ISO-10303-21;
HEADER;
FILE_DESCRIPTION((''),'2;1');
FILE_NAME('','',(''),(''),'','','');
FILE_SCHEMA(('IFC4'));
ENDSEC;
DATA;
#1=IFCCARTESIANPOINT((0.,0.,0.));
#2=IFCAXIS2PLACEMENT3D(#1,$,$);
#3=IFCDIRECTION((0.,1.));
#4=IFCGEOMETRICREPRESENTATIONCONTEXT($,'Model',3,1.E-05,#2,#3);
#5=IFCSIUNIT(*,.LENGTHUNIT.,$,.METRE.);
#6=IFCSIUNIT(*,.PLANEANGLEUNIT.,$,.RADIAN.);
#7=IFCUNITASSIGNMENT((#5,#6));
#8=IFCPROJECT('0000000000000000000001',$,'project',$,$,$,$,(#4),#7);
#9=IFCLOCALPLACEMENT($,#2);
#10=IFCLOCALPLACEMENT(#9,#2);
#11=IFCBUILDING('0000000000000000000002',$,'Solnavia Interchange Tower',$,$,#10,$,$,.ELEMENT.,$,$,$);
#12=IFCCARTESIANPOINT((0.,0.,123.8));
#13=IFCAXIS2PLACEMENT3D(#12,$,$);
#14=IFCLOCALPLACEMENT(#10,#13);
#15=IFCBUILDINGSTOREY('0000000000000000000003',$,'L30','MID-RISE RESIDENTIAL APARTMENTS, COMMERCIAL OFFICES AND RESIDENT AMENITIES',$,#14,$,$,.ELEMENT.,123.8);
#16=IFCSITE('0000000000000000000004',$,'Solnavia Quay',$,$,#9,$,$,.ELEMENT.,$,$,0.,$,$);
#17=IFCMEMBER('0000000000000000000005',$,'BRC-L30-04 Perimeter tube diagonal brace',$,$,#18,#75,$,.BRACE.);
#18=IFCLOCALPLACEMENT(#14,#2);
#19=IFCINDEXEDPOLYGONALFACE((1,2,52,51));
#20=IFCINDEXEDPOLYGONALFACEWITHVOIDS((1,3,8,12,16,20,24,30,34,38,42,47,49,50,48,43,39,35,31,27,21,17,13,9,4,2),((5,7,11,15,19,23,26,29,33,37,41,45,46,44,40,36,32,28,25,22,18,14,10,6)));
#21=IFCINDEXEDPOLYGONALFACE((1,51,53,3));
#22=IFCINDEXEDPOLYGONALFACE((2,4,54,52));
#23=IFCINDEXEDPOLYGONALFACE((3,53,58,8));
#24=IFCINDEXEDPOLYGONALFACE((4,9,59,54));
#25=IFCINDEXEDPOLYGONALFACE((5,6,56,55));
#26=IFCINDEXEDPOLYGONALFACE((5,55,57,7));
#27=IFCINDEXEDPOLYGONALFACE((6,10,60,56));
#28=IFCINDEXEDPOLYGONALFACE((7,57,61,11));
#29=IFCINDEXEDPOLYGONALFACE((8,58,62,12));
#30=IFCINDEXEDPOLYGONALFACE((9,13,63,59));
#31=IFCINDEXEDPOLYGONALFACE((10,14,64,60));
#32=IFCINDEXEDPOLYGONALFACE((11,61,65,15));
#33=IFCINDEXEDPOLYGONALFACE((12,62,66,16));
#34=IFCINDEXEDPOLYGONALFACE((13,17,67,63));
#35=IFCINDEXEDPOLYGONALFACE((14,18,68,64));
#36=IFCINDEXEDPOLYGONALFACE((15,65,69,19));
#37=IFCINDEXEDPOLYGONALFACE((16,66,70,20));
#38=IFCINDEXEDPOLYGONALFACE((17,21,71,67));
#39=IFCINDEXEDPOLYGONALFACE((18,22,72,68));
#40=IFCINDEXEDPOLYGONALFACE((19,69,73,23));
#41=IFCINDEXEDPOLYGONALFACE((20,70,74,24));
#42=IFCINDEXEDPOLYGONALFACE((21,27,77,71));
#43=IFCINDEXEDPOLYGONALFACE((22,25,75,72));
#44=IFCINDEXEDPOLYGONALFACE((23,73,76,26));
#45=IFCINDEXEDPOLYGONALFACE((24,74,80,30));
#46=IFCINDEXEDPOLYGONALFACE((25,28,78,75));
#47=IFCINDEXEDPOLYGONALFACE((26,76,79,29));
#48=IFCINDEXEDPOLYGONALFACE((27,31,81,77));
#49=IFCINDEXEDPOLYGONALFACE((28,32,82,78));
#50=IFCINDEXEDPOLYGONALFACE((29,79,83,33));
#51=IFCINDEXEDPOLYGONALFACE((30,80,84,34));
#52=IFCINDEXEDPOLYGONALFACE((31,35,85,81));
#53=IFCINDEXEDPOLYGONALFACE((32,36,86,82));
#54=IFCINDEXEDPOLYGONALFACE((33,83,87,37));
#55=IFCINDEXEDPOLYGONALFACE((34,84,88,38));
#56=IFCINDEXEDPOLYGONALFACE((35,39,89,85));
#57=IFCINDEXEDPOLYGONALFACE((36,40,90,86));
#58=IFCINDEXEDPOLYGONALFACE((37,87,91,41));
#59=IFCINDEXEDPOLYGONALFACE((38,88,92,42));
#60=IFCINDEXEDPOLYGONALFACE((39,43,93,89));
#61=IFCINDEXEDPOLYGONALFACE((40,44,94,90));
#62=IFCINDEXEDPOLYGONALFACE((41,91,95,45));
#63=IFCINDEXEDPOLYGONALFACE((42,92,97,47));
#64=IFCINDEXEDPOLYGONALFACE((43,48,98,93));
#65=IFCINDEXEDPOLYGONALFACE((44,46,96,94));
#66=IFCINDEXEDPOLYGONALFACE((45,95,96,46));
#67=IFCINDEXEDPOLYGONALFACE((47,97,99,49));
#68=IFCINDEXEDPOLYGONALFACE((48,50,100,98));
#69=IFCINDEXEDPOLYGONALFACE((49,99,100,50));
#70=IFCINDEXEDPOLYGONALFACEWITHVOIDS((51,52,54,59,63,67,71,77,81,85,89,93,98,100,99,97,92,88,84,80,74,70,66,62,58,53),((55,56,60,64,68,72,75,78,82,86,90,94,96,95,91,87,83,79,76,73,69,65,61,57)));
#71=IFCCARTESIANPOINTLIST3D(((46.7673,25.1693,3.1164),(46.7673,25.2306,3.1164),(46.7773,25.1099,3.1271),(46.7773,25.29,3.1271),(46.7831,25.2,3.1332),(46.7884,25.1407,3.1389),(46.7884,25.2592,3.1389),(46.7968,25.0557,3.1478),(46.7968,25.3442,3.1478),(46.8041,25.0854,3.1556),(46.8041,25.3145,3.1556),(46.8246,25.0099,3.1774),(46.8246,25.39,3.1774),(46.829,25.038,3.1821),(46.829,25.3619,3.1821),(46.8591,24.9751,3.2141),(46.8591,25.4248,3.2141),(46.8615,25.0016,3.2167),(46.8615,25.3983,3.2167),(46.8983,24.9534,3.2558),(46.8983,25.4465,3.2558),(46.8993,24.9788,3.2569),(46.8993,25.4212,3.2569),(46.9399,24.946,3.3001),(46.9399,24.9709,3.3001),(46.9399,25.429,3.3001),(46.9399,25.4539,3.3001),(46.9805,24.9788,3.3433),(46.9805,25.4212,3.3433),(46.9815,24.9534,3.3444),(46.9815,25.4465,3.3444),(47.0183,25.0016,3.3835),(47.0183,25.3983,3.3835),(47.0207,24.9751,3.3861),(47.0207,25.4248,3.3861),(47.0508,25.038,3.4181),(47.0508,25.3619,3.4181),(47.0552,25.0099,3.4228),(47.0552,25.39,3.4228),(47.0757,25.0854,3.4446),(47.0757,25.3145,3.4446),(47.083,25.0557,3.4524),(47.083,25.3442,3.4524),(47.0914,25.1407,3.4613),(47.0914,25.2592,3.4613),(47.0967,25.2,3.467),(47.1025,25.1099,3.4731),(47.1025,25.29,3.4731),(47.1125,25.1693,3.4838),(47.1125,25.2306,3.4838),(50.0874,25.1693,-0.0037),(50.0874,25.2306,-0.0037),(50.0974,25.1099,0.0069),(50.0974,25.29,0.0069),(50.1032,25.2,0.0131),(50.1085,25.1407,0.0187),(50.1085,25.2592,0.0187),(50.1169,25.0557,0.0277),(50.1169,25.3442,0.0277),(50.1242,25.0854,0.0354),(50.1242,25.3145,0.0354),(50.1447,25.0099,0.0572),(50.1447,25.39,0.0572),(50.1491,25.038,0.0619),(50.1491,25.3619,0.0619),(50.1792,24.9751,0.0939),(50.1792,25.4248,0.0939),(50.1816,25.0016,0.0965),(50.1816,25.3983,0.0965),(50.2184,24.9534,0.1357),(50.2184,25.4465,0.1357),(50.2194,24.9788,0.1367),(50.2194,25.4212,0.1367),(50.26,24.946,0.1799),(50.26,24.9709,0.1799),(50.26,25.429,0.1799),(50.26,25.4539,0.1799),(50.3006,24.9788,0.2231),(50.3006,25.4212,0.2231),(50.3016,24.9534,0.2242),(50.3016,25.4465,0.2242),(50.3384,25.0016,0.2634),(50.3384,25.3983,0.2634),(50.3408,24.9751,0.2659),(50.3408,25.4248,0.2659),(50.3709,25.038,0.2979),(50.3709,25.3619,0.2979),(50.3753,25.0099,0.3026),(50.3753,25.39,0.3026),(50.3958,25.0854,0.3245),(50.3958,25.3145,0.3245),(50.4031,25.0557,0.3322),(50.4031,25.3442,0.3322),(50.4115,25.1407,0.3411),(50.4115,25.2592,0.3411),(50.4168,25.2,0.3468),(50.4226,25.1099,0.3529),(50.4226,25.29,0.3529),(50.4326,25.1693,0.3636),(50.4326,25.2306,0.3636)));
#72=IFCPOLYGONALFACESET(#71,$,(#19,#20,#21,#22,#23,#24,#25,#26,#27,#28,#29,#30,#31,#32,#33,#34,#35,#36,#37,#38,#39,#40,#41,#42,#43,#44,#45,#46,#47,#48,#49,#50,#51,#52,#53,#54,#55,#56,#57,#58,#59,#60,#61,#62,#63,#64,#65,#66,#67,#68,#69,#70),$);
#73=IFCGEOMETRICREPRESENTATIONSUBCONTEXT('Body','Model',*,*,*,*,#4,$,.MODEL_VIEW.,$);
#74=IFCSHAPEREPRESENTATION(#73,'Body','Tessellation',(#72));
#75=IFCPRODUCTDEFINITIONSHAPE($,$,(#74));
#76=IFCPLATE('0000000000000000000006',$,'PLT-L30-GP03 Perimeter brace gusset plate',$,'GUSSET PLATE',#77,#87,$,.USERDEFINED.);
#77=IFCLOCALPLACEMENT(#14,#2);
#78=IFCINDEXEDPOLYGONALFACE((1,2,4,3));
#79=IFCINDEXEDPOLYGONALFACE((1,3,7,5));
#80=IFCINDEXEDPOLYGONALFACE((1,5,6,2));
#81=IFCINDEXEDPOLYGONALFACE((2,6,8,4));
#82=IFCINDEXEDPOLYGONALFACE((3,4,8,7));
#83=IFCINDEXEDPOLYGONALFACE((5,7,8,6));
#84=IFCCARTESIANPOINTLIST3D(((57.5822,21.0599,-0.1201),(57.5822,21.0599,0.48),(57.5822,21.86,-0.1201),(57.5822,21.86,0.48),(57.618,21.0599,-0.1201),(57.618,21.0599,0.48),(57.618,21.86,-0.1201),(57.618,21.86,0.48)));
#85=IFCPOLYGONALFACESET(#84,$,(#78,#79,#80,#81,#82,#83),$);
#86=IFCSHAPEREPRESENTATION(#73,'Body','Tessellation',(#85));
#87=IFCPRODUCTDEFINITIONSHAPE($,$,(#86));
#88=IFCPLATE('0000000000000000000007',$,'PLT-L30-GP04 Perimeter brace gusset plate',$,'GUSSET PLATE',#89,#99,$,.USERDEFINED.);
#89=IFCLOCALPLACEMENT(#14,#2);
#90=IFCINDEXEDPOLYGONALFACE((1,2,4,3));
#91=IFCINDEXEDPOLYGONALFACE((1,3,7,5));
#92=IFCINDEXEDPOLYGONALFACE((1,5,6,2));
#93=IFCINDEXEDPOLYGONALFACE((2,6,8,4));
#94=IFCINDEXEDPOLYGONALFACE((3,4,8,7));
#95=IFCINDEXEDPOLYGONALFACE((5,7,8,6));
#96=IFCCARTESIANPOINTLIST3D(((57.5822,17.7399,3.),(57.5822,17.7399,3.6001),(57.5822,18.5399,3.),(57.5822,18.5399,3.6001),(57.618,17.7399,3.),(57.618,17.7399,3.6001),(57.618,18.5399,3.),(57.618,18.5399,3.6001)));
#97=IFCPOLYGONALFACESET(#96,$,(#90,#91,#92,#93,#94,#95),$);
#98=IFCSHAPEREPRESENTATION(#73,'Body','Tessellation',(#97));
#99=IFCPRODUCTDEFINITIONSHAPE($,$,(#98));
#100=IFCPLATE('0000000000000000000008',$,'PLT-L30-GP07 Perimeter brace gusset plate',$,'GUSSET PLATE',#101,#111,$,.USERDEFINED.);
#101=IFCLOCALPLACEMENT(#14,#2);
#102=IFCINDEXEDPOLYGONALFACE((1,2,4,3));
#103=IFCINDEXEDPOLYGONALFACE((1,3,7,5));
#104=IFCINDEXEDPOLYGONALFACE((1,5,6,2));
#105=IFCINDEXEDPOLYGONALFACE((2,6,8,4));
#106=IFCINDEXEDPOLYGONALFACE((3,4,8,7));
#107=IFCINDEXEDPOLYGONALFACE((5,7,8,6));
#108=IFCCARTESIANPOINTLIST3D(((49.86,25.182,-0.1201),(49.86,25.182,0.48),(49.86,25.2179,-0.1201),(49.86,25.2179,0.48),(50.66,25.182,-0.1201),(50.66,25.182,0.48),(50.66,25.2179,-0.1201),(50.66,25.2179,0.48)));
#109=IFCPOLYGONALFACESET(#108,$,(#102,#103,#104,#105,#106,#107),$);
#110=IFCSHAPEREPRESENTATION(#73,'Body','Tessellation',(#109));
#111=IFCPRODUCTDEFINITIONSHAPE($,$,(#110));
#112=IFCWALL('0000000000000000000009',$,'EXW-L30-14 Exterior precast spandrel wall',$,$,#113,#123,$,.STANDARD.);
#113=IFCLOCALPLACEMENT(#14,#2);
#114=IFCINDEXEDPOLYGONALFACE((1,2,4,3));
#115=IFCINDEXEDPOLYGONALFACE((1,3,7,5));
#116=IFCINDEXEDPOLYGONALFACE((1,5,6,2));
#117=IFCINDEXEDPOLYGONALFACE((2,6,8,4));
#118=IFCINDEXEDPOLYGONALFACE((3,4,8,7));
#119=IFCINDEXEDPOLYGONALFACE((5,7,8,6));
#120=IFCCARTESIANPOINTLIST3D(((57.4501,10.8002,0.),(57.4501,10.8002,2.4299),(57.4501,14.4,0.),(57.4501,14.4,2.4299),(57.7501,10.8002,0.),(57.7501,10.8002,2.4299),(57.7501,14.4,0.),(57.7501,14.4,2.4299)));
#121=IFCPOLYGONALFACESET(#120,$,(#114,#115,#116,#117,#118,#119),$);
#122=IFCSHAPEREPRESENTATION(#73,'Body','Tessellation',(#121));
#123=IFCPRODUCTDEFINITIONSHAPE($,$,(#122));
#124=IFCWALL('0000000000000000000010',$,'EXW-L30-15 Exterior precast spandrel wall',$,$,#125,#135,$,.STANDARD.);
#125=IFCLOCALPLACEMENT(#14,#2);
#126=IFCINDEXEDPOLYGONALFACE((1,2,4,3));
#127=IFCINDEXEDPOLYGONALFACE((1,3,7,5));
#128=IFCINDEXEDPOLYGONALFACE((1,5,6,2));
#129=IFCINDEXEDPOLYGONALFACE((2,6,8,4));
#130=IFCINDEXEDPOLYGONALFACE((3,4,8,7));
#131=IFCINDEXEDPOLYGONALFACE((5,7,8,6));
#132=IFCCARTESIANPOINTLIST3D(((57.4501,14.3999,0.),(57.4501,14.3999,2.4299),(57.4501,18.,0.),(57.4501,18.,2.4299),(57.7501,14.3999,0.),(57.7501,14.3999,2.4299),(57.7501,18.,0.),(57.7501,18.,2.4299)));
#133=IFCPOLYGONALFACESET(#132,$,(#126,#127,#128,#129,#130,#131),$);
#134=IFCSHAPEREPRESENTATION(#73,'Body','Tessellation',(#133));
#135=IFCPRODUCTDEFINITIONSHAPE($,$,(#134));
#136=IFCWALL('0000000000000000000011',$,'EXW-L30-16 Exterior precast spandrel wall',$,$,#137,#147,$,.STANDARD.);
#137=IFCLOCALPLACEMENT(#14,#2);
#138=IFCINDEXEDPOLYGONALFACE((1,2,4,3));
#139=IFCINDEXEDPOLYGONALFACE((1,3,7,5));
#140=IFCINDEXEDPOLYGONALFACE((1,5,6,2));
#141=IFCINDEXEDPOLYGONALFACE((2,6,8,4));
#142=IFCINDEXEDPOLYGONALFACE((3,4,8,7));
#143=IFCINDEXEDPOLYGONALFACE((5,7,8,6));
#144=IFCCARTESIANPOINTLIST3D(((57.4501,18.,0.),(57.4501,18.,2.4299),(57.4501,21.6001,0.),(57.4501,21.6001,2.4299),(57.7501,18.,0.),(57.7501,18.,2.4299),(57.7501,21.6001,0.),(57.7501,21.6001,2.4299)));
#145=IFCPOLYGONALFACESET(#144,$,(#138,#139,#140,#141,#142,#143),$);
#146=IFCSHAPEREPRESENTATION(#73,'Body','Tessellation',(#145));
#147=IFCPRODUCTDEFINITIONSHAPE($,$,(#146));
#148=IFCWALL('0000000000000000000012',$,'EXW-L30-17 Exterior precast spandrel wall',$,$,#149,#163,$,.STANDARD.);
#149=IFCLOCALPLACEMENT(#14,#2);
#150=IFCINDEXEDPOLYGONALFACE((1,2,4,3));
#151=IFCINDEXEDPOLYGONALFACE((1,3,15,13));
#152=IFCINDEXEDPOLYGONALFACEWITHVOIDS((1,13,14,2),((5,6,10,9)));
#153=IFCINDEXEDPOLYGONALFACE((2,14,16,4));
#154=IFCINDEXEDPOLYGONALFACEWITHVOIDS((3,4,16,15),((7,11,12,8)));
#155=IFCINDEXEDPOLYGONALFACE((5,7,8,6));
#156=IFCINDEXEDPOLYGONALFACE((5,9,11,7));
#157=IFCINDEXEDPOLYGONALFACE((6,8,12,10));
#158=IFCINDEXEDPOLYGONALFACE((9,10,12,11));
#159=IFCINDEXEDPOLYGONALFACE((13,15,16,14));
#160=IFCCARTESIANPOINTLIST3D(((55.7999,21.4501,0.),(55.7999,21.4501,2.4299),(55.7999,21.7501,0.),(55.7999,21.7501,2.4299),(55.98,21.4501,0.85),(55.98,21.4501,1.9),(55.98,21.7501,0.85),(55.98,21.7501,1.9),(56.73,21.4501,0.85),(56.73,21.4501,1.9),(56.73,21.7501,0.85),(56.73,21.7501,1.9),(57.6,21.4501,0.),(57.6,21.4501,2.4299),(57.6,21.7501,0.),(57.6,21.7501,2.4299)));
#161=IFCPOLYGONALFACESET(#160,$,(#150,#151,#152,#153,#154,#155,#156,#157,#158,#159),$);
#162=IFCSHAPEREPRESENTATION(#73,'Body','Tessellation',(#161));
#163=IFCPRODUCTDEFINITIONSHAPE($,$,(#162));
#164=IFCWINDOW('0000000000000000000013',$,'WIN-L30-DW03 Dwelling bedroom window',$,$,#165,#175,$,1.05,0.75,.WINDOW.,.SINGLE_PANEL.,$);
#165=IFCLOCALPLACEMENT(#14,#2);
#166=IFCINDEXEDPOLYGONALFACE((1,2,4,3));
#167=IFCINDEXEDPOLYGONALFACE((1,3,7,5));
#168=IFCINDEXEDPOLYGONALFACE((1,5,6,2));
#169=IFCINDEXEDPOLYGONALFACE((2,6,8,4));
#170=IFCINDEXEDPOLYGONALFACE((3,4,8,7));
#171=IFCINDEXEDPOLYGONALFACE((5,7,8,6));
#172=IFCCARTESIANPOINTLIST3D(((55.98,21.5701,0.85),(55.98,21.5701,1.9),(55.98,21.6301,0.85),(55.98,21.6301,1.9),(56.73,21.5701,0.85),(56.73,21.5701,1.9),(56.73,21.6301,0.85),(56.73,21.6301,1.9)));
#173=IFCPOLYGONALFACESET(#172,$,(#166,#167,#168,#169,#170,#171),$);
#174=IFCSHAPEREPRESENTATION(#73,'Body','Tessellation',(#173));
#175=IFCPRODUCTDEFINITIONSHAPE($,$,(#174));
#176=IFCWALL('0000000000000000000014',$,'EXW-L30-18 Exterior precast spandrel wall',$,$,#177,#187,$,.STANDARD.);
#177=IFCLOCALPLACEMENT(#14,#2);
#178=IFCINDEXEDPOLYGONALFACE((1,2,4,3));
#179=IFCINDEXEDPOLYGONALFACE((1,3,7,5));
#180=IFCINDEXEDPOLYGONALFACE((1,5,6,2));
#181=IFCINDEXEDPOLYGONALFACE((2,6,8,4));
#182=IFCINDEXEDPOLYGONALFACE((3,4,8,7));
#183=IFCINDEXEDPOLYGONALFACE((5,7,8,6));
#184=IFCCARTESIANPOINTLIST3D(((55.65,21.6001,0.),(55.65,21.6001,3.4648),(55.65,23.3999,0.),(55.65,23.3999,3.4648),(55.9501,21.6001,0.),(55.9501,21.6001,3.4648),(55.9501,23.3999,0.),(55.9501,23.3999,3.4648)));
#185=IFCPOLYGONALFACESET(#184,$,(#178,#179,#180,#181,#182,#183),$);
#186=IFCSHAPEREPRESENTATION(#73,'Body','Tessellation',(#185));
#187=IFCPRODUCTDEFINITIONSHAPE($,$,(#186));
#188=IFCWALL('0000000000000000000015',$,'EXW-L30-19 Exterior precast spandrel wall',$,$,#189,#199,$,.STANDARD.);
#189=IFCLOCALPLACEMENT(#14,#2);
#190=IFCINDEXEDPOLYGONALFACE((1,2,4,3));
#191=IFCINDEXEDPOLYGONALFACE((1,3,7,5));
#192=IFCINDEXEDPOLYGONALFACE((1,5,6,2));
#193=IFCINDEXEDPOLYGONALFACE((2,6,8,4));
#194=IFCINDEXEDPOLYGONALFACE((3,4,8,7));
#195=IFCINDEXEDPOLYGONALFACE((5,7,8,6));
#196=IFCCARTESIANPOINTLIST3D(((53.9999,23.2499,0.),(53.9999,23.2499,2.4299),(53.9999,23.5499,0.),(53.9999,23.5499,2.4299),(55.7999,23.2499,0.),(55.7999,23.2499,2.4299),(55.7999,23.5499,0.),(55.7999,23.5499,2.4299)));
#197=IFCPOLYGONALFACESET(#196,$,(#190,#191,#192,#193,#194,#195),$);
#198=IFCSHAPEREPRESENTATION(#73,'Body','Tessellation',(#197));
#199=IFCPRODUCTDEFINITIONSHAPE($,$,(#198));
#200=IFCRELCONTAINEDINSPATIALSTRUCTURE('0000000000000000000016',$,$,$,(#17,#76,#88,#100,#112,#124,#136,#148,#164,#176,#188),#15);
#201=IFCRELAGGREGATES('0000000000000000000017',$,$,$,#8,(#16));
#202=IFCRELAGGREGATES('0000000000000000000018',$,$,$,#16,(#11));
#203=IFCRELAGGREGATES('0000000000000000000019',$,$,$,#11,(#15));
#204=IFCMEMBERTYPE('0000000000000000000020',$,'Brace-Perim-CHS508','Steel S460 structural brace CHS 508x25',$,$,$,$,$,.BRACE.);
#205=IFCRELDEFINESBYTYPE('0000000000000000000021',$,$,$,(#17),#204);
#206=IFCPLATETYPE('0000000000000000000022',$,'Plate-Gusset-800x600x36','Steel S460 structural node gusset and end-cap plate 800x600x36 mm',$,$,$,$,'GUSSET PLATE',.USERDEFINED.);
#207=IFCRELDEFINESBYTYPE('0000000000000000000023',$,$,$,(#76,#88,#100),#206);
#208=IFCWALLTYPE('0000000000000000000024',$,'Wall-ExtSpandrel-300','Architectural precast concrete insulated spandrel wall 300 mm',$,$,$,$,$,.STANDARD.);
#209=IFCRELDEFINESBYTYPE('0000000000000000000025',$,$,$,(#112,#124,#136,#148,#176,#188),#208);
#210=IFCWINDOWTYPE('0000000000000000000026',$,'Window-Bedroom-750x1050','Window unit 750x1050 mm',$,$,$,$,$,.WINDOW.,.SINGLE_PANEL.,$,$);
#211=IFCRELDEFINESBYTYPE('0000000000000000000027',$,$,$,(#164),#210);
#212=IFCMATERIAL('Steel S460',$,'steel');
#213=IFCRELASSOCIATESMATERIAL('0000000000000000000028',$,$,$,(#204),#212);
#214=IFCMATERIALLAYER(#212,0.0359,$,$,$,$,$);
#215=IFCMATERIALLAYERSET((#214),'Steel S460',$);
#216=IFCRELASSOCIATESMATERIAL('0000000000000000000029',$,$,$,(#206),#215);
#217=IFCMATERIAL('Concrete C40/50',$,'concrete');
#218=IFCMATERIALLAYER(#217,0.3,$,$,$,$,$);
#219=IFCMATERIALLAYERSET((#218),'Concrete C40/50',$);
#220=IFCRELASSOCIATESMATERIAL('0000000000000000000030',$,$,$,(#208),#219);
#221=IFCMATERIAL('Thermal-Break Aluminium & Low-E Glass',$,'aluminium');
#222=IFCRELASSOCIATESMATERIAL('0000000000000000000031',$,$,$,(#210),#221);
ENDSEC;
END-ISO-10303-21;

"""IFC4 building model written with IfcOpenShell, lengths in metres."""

from ifc_helpers import new_model, si_unit, direction, frame, frame_2d, origin, origin_2d, place, context, subcontext, project, spatial, rectangle, hollow_circle, extrude, material, layer, layer_set, material_profile, profile_set, type_object, element, fill, save


model = new_model("IFC4")

# Units and contexts
model_context = context("Model", 3, precision=1e-05, world=origin(), true_north=direction((0.0, 1.0)))
body_context = subcontext(model_context, "Body", "Model", "MODEL_VIEW")
ifc_project = project(units=[si_unit("LENGTHUNIT", "METRE"), si_unit("PLANEANGLEUNIT", "RADIAN")], contexts=[model_context])

# Site, building, storey
site_placement = place(None, origin())
site = spatial("IfcSite", under=ifc_project, at=site_placement, Name="Solnavia Quay", CompositionType="ELEMENT", RefElevation=0.0)
building_placement = place(site_placement, origin())
building = spatial("IfcBuilding", under=site, at=building_placement, Name="Solnavia Interchange Tower", CompositionType="ELEMENT")
storey_placement = place(building_placement, frame((0.0, 0.0, 123.8)))
storey = spatial("IfcBuildingStorey", under=building, at=storey_placement, Name="L30", Description="MID-RISE RESIDENTIAL APARTMENTS, COMMERCIAL OFFICES AND RESIDENT AMENITIES", CompositionType="ELEMENT", Elevation=123.8)

# Shared definitions
ifc_material_1 = material(Name="Steel S460", Category="steel")

# Member
ifc_material_profile_1 = material_profile(ifc_material_1, hollow_circle(Radius=0.2539, WallThickness=0.0249, at=origin_2d()), Name="CHS 508x25")
ifc_profile_set_1 = profile_set([ifc_material_profile_1], Name="Steel S460")
member_type = type_object("IfcMemberType", Name="Brace-Perim-CHS508", Description="Steel S460 structural brace CHS 508x25", PredefinedType="BRACE", material=ifc_profile_set_1)
for number, where, z_axis, x_axis, name in (
    (1, (50.26, 25.2, 0.1799), (-0.728709, 0.0, 0.684823), (0.0, -1.0, 0.0), "BRC-L30-04 Perimeter tube diagonal brace"),
):
    element("IfcMember", number, at=place(storey_placement, frame(where, z_axis=z_axis, x_axis=x_axis)), inside=storey, type_object=member_type, Name=name, PredefinedType="BRACE", context=body_context, shape_type="SweptSolid", body=[
        extrude(hollow_circle(Radius=0.2539, WallThickness=0.0249, at=origin_2d()), origin(), (0.0, 0.0, 1.0), 4.5562),
    ])

# Plates
ifc_layer_1 = layer(ifc_material_1, 0.0359)
ifc_layer_set_1 = layer_set([ifc_layer_1], Name="Steel S460")
plate_type = type_object("IfcPlateType", Name="Plate-Gusset-800x600x36", Description="Steel S460 structural node gusset and end-cap plate 800x600x36 mm", ElementType="GUSSET PLATE", PredefinedType="USERDEFINED", material=ifc_layer_set_1)
for number, where, z_axis, x_axis, name in (
    (2, (57.6001, 21.46, -0.1201), (0.0, 0.0, 1.0), (0.0, -1.0, 0.0), "PLT-L30-GP03 Perimeter brace gusset plate"),
    (3, (57.6001, 18.1399, 3.0), (0.0, 0.0, 1.0), (0.0, -1.0, 0.0), "PLT-L30-GP04 Perimeter brace gusset plate"),
    (4, (50.26, 25.2, -0.1201), (0.0, 0.0, 1.0), (-1.0, 0.0, 0.0), "PLT-L30-GP07 Perimeter brace gusset plate"),
):
    element("IfcPlate", number, at=place(storey_placement, frame(where, z_axis=z_axis, x_axis=x_axis)), inside=storey, type_object=plate_type, Name=name, ObjectType="GUSSET PLATE", PredefinedType="USERDEFINED", context=body_context, shape_type="SweptSolid", body=[
        extrude(rectangle(XDim=0.8, YDim=0.0359, at=origin_2d()), origin(), (0.0, 0.0, 1.0), 0.6001),
    ])

# Walls
ifc_material_2 = material(Name="Concrete C40/50", Category="concrete")
ifc_layer_2 = layer(ifc_material_2, 0.3)
ifc_layer_set_2 = layer_set([ifc_layer_2], Name="Concrete C40/50")
wall_type_1 = type_object("IfcWallType", Name="Wall-ExtSpandrel-300", Description="Architectural precast concrete insulated spandrel wall 300 mm", PredefinedType="STANDARD", material=ifc_layer_set_2)
wall_1_placement = place(storey_placement, frame((57.6001, 14.3999, 0.0), z_axis=(0.0, 0.0, 1.0), x_axis=(0.0, -1.0, 0.0)))
element("IfcWall", 5, at=wall_1_placement, inside=storey, type_object=wall_type_1, Name="EXW-L30-14 Exterior precast spandrel wall", PredefinedType="STANDARD", context=body_context, shape_type="SweptSolid", body=[
    extrude(rectangle(XDim=3.5999, YDim=0.3, at=frame_2d((1.7998, 0.0))), origin(), (0.0, 0.0, 1.0), 2.4299),
])
for number, where, z_axis, x_axis, name in (
    (6, (57.6001, 18.0, 0.0), (0.0, 0.0, 1.0), (0.0, -1.0, 0.0), "EXW-L30-15 Exterior precast spandrel wall"),
    (7, (57.6001, 21.6001, 0.0), (0.0, 0.0, 1.0), (0.0, -1.0, 0.0), "EXW-L30-16 Exterior precast spandrel wall"),
):
    element("IfcWall", number, at=place(storey_placement, frame(where, z_axis=z_axis, x_axis=x_axis)), inside=storey, type_object=wall_type_1, Name=name, PredefinedType="STANDARD", context=body_context, shape_type="SweptSolid", body=[
        extrude(rectangle(XDim=3.6001, YDim=0.3, at=frame_2d((1.8, 0.0))), origin(), (0.0, 0.0, 1.0), 2.4299),
    ])

# Wall, opening, window
wall_2_placement = place(storey_placement, frame((55.8, 21.6001, 0.0), z_axis=(0.0, 0.0, 1.0), x_axis=(1.0, 0.0, 0.0)))
wall_2 = element("IfcWall", 8, at=wall_2_placement, inside=storey, type_object=wall_type_1, Name="EXW-L30-17 Exterior precast spandrel wall", PredefinedType="STANDARD", context=body_context, shape_type="SweptSolid", body=[
    extrude(rectangle(XDim=1.8, YDim=0.3, at=frame_2d((0.8999, 0.0))), origin(), (0.0, 0.0, 1.0), 2.4299),
])
opening_1_placement = place(wall_2_placement, frame((0.1799, 0.0, 0.8501)))
opening_1 = element("IfcOpeningElement", 9, at=opening_1_placement, cuts=wall_2, PredefinedType="OPENING", context=body_context, shape_type="SweptSolid", body=[
    extrude(rectangle(XDim=0.75, YDim=1.05, at=frame_2d((0.375, 0.5249))), frame((0.0, 0.1602, 0.0), z_axis=(0.0, -1.0, 0.0), x_axis=(1.0, 0.0, 0.0)), (0.0, 0.0, 1.0), 0.3201),
])
ifc_material_3 = material(Name="Thermal-Break Aluminium & Low-E Glass", Category="aluminium")
window_type = type_object("IfcWindowType", Name="Window-Bedroom-750x1050", Description="Window unit 750x1050 mm", PartitioningType="SINGLE_PANEL", PredefinedType="WINDOW", material=ifc_material_3)
window_placement = place(opening_1_placement, origin())
window = element("IfcWindow", 10, at=window_placement, inside=storey, type_object=window_type, Name="WIN-L30-DW03 Dwelling bedroom window", OverallHeight=1.05, OverallWidth=0.75, PartitioningType="SINGLE_PANEL", PredefinedType="WINDOW", context=body_context, shape_type="SweptSolid", body=[
    extrude(rectangle(XDim=0.75, YDim=1.05, at=frame_2d((0.375, 0.5249))), frame((0.0, 0.03, 0.0), z_axis=(0.0, -1.0, 0.0), x_axis=(1.0, 0.0, 0.0)), (0.0, 0.0, 1.0), 0.0601),
])
fill(opening_1, window)

# Walls
wall_3_placement = place(storey_placement, frame((55.8, 23.3999, 0.0), z_axis=(0.0, 0.0, 1.0), x_axis=(0.0, -1.0, 0.0)))
element("IfcWall", 11, at=wall_3_placement, inside=storey, type_object=wall_type_1, Name="EXW-L30-18 Exterior precast spandrel wall", PredefinedType="STANDARD", context=body_context, shape_type="SweptSolid", body=[
    extrude(rectangle(XDim=1.7998, YDim=0.3, at=frame_2d((0.8999, 0.0))), origin(), (0.0, 0.0, 1.0), 3.4648),
])
for number, where, z_axis, x_axis, name in (
    (12, (54.0, 23.3999, 0.0), (0.0, 0.0, 1.0), (1.0, 0.0, 0.0), "EXW-L30-19 Exterior precast spandrel wall"),
):
    element("IfcWall", number, at=place(storey_placement, frame(where, z_axis=z_axis, x_axis=x_axis)), inside=storey, type_object=wall_type_1, Name=name, PredefinedType="STANDARD", context=body_context, shape_type="SweptSolid", body=[
        extrude(rectangle(XDim=1.8, YDim=0.3, at=frame_2d((0.8999, 0.0))), origin(), (0.0, 0.0, 1.0), 2.4299),
    ])

save(model, "model.ifc")
